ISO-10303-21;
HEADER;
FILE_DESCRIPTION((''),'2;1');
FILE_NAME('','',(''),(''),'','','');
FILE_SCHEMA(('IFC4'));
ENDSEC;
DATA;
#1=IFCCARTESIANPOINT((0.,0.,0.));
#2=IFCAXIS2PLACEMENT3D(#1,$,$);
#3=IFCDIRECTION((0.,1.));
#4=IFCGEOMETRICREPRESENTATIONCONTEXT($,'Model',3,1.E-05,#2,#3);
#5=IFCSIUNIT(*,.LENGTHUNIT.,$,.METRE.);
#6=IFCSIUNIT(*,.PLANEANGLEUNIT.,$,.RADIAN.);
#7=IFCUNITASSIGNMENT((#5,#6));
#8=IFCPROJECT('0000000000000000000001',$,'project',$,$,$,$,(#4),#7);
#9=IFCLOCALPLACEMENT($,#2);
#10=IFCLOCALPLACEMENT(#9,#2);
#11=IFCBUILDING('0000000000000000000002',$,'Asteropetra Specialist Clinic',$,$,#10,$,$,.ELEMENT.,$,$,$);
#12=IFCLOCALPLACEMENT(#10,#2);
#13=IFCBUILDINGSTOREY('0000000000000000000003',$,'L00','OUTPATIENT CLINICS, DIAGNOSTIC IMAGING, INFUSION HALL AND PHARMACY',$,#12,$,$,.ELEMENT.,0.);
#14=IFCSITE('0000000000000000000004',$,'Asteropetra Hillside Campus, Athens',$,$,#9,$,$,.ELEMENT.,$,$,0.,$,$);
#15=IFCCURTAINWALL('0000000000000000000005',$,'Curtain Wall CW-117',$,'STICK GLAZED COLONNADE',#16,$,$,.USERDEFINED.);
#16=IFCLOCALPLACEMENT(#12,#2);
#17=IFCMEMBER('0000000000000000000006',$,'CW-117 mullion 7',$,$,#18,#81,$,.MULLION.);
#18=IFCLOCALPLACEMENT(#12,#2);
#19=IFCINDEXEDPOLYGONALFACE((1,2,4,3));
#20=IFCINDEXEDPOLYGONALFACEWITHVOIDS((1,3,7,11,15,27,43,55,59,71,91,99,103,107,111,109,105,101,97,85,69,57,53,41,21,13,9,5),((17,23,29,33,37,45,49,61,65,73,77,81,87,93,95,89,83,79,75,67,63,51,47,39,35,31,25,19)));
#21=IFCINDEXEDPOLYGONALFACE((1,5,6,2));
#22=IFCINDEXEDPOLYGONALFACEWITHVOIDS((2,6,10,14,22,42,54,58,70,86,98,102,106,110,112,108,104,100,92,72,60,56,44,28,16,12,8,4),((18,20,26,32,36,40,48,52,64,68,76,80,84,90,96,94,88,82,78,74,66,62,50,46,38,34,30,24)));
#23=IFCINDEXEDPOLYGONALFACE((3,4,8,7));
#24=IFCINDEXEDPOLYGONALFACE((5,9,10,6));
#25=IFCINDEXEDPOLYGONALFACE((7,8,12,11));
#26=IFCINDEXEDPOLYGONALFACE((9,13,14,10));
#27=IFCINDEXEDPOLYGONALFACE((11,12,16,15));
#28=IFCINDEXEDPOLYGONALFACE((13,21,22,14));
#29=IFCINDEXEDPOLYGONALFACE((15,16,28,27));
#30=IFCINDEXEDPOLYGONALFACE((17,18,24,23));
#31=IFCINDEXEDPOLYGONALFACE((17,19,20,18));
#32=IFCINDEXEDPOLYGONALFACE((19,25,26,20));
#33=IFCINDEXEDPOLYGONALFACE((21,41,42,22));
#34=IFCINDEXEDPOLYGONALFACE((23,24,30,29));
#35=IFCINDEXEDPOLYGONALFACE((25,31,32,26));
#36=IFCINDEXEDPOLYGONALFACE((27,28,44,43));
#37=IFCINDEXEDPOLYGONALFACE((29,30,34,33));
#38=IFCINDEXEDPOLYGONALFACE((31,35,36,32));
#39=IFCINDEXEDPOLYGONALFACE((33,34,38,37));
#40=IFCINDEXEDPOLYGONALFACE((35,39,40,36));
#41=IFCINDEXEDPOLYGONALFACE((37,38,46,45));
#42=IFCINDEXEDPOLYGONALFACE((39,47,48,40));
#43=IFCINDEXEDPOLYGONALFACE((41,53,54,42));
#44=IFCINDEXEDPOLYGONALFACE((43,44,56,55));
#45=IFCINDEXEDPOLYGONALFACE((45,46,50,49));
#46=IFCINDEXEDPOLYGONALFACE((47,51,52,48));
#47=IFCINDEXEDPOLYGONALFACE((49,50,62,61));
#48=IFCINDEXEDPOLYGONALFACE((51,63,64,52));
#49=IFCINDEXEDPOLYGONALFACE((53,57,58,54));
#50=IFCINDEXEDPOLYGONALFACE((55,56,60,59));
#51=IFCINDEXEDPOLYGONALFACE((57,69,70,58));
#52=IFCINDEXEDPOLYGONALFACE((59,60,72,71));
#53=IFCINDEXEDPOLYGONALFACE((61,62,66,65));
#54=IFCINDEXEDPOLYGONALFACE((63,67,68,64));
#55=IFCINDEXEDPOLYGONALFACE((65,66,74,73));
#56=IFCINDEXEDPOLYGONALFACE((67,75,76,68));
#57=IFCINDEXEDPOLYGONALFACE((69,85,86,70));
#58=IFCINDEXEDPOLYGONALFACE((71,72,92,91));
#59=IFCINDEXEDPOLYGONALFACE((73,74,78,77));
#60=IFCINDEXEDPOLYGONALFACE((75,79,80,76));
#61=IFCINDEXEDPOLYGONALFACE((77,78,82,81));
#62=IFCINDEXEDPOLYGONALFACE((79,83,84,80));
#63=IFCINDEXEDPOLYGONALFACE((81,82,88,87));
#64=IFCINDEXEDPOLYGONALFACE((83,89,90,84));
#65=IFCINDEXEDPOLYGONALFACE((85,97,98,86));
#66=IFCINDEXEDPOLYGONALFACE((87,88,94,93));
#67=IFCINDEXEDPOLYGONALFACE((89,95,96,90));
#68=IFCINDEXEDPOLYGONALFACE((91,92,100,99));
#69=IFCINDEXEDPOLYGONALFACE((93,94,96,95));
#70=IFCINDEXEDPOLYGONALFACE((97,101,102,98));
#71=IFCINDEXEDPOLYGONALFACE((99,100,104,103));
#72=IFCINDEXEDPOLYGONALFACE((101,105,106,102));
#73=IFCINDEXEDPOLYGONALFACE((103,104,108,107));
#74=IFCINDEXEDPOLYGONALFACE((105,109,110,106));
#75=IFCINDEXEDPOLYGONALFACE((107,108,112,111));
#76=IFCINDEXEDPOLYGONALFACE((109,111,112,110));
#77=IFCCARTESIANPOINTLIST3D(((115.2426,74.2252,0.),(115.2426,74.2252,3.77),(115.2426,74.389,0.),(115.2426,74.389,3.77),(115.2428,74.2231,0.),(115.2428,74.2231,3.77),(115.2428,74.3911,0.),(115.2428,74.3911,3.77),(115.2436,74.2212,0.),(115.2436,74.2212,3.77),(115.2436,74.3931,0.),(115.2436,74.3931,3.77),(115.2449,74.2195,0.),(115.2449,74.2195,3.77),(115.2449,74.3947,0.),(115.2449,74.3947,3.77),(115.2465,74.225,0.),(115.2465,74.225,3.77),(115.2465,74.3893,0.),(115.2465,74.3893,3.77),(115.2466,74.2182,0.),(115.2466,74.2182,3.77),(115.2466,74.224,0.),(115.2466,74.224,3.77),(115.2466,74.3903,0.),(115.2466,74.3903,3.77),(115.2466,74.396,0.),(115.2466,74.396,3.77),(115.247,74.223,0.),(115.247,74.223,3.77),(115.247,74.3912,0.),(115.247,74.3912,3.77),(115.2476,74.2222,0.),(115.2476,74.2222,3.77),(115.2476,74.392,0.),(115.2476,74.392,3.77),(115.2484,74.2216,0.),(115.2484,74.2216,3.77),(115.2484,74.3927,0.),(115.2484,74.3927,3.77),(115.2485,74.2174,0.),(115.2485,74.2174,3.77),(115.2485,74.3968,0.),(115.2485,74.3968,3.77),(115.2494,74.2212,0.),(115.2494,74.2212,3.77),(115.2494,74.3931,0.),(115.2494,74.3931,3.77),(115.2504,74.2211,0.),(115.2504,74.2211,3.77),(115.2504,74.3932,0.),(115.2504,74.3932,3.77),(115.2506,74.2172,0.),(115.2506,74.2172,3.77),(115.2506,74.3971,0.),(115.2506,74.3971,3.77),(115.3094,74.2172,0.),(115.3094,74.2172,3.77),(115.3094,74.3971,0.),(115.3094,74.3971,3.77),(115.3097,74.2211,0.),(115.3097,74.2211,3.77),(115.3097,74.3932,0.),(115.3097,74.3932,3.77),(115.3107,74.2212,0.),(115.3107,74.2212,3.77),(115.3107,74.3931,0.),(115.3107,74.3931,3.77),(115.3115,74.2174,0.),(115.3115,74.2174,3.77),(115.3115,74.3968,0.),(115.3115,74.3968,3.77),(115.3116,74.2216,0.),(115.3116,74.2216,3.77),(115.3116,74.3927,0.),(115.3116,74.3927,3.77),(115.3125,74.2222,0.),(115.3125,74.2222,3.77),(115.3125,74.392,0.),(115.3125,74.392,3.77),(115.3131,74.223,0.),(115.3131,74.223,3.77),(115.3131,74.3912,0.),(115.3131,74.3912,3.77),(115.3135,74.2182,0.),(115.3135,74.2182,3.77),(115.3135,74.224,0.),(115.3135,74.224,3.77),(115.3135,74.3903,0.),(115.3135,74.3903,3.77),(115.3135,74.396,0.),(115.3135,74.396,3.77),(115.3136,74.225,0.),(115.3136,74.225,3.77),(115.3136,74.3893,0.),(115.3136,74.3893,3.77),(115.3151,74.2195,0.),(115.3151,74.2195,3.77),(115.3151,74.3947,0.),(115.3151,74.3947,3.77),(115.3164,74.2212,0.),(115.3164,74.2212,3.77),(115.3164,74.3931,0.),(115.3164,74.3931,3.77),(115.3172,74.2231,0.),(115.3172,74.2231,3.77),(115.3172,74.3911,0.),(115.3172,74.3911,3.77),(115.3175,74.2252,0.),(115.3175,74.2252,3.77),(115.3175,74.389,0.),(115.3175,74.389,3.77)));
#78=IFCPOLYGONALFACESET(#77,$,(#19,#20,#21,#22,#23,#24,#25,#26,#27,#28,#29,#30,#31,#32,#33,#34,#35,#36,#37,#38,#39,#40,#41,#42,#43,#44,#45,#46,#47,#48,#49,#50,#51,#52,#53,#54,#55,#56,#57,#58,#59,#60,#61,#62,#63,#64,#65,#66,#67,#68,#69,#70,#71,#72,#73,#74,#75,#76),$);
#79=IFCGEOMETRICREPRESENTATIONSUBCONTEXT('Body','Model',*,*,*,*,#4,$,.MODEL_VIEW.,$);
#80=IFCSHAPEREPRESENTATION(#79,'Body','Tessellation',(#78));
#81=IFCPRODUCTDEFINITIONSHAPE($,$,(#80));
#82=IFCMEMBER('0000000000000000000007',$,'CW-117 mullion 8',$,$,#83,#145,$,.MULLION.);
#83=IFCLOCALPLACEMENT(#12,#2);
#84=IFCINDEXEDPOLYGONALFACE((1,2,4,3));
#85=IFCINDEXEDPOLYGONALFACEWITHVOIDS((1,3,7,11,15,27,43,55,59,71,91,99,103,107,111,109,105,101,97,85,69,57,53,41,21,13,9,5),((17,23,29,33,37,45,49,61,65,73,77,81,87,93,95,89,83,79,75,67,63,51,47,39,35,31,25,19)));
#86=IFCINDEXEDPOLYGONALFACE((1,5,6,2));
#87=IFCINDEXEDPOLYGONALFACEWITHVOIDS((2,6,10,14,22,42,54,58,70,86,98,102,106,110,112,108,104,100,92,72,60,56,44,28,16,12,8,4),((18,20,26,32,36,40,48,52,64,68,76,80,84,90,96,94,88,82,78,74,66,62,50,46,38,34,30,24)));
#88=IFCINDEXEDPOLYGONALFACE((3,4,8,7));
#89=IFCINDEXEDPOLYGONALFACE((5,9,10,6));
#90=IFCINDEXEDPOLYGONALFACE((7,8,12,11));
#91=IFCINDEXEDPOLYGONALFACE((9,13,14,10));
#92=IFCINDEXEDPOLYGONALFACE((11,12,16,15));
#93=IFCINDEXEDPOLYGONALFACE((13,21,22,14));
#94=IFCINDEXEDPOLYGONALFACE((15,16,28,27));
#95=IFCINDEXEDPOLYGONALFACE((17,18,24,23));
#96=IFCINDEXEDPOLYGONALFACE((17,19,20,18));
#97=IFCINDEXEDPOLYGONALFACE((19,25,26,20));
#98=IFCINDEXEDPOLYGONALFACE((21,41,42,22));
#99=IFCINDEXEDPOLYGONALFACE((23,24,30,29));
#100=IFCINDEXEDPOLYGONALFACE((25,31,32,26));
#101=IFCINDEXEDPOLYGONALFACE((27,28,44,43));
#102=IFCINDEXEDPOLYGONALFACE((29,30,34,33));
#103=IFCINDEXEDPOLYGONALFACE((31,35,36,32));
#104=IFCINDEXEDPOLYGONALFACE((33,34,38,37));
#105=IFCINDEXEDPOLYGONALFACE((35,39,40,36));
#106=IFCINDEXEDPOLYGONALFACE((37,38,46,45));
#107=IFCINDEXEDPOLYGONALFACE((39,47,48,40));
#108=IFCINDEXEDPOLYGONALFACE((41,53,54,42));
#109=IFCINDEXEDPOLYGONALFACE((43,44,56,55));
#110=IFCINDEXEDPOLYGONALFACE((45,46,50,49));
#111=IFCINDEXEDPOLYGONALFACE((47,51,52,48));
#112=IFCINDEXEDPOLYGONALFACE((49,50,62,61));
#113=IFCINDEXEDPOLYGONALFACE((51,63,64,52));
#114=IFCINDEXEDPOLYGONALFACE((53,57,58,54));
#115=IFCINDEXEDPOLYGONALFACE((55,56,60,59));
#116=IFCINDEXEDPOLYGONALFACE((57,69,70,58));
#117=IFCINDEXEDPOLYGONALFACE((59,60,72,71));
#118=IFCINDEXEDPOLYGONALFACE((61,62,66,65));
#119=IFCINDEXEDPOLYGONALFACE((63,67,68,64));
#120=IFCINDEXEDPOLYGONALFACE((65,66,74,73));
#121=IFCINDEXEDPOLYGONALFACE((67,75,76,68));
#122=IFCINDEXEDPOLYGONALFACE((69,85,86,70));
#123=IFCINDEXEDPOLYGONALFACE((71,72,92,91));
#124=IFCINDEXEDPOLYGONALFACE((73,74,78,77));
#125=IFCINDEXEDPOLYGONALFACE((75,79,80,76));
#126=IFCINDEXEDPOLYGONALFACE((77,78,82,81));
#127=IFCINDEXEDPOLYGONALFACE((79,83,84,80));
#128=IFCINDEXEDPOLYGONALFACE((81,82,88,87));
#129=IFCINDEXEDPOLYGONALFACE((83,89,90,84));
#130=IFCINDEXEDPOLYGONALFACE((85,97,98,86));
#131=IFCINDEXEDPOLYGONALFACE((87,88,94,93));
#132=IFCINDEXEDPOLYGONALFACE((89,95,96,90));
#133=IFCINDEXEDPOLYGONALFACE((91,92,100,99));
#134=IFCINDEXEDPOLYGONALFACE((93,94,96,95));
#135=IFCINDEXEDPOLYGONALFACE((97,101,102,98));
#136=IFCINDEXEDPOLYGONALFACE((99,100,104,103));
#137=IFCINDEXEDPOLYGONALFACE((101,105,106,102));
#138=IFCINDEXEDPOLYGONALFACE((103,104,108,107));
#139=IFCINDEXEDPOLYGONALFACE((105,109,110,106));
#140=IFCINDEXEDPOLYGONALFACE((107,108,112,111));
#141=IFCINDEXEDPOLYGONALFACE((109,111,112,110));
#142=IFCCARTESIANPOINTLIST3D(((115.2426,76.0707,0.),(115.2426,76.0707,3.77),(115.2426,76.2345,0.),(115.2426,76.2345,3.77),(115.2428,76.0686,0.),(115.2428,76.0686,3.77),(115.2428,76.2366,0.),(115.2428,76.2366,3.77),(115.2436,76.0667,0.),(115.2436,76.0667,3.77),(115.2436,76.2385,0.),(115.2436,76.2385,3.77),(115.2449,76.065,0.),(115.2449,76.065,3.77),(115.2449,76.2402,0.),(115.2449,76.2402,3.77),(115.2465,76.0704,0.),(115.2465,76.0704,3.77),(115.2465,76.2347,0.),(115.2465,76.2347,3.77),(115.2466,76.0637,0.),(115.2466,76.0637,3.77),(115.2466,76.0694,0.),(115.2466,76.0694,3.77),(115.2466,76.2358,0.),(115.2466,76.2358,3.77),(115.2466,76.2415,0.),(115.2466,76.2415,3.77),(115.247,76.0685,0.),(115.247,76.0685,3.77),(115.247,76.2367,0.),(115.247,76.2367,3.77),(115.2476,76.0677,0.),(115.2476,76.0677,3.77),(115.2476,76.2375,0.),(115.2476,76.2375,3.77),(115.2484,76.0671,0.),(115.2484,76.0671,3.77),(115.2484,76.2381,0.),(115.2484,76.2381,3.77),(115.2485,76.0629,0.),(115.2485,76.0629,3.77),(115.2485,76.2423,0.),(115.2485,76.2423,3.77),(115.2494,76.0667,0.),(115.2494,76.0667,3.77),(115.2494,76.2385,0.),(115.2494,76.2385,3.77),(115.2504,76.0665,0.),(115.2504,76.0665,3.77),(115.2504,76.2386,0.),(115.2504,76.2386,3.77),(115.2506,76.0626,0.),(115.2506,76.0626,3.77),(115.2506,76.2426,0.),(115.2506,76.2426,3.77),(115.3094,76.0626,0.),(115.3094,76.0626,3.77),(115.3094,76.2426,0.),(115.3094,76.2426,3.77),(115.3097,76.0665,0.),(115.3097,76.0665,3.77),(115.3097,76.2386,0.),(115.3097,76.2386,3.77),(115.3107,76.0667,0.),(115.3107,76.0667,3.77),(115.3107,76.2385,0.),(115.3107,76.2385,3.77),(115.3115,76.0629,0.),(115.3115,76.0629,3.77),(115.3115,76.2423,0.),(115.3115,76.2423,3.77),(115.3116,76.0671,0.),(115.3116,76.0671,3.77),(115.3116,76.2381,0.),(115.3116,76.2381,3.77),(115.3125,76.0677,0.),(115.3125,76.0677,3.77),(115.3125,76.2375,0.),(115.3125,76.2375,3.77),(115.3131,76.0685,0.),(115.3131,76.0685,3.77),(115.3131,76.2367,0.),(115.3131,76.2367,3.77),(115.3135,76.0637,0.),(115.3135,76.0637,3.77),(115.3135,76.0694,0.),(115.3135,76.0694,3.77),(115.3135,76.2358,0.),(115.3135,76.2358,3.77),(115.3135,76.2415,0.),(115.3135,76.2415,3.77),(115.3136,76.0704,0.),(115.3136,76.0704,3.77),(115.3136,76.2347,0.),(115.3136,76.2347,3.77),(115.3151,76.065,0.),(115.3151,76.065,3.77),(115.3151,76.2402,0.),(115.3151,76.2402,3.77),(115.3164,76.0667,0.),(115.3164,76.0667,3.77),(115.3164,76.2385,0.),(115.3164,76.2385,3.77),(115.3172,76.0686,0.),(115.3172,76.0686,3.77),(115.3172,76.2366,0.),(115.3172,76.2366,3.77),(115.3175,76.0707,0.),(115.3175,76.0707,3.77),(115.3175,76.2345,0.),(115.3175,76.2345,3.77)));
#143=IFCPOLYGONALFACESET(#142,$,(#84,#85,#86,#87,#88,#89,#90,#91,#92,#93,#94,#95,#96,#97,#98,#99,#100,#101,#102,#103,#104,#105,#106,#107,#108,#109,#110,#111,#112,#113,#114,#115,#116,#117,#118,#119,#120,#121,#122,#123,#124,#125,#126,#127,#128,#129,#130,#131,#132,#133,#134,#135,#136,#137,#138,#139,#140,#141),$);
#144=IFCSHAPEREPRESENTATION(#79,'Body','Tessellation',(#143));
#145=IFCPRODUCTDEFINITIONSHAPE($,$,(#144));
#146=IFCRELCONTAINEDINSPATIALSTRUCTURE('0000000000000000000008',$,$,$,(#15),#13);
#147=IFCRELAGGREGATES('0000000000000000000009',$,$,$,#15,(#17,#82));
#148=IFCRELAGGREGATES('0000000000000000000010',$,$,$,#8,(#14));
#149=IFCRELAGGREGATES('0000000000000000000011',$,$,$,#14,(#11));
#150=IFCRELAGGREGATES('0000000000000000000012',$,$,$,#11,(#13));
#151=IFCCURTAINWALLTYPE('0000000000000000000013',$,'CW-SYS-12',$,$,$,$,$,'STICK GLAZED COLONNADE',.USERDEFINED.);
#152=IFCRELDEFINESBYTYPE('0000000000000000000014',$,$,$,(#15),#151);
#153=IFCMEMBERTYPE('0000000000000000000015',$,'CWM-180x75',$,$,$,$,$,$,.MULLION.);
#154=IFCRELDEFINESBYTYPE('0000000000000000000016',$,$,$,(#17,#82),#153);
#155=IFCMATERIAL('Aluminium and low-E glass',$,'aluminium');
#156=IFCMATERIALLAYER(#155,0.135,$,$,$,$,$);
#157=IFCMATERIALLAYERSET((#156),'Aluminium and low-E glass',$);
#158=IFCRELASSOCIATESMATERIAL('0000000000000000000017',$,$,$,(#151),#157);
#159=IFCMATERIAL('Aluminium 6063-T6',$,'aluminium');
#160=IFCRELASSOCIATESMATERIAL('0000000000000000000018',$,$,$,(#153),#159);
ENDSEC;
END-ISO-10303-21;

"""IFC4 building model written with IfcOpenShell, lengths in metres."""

from ifc_helpers import new_model, si_unit, direction, frame, origin, origin_2d, place, context, subcontext, project, spatial, hollow_rectangle, extrude, material, layer, layer_set, material_profile, profile_set, type_object, element, aggregate, save


model = new_model("IFC4")

# Units and contexts
model_context = context("Model", 3, precision=1e-05, world=origin(), true_north=direction((0.0, 1.0)))
body_context = subcontext(model_context, "Body", "Model", "MODEL_VIEW")
ifc_project = project(units=[si_unit("LENGTHUNIT", "METRE"), si_unit("PLANEANGLEUNIT", "RADIAN")], contexts=[model_context])

# Site, building, storey
site_placement = place(None, origin())
site = spatial("IfcSite", under=ifc_project, at=site_placement, Name="Asteropetra Hillside Campus, Athens", CompositionType="ELEMENT", RefElevation=0.0)
building_placement = place(site_placement, origin())
building = spatial("IfcBuilding", under=site, at=building_placement, Name="Asteropetra Specialist Clinic", CompositionType="ELEMENT")
storey_placement = place(building_placement, origin())
storey = spatial("IfcBuildingStorey", under=building, at=storey_placement, Name="L00", Description="OUTPATIENT CLINICS, DIAGNOSTIC IMAGING, INFUSION HALL AND PHARMACY", CompositionType="ELEMENT", Elevation=0.0)

# Curtain wall, members
ifc_material_1 = material(Name="Aluminium and low-E glass", Category="aluminium")
ifc_layer_1 = layer(ifc_material_1, 0.135)
ifc_layer_set_1 = layer_set([ifc_layer_1], Name="Aluminium and low-E glass")
curtain_wall_type = type_object("IfcCurtainWallType", Name="CW-SYS-12", ElementType="STICK GLAZED COLONNADE", PredefinedType="USERDEFINED", material=ifc_layer_set_1)
curtain_wall_placement = place(storey_placement, origin())
curtain_wall = element("IfcCurtainWall", 1, at=curtain_wall_placement, inside=storey, type_object=curtain_wall_type, Name="Curtain Wall CW-117", ObjectType="STICK GLAZED COLONNADE", PredefinedType="USERDEFINED")
ifc_material_2 = material(Name="Aluminium 6063-T6", Category="aluminium")
ifc_material_profile_1 = material_profile(ifc_material_2, hollow_rectangle(XDim=0.075, YDim=0.1799, WallThickness=0.0039, InnerFilletRadius=0.0039, OuterFilletRadius=0.0081, at=origin_2d()), Name="MUL 180x75x4.0")
ifc_profile_set_1 = profile_set([ifc_material_profile_1], Name="Aluminium 6063-T6")
member_type_1 = type_object("IfcMemberType", Name="CWM-180x75", PredefinedType="MULLION", material=ifc_profile_set_1)
member_1_placement = place(storey_placement, frame((115.28, 74.3071, 0.0), z_axis=(0.0, 0.0, 1.0), x_axis=(-1.0, 0.0, 0.0)))
member_1 = element("IfcMember", 2, at=member_1_placement, type_object=member_type_1, Name="CW-117 mullion 7", PredefinedType="MULLION", context=body_context, shape_type="SweptSolid", body=[
    extrude(hollow_rectangle(XDim=0.075, YDim=0.1799, WallThickness=0.0039, InnerFilletRadius=0.0039, OuterFilletRadius=0.0081, at=origin_2d()), origin(), (0.0, 0.0, 1.0), 3.77),
])
member_2_placement = place(storey_placement, frame((115.28, 76.1526, 0.0), z_axis=(0.0, 0.0, 1.0), x_axis=(-1.0, 0.0, 0.0)))
member_2 = element("IfcMember", 3, at=member_2_placement, type_object=member_type_1, Name="CW-117 mullion 8", PredefinedType="MULLION", context=body_context, shape_type="SweptSolid", body=[
    extrude(hollow_rectangle(XDim=0.075, YDim=0.1799, WallThickness=0.0039, InnerFilletRadius=0.0039, OuterFilletRadius=0.0081, at=origin_2d()), origin(), (0.0, 0.0, 1.0), 3.77),
])
aggregate(curtain_wall, [member_1, member_2])

save(model, "model.ifc")
